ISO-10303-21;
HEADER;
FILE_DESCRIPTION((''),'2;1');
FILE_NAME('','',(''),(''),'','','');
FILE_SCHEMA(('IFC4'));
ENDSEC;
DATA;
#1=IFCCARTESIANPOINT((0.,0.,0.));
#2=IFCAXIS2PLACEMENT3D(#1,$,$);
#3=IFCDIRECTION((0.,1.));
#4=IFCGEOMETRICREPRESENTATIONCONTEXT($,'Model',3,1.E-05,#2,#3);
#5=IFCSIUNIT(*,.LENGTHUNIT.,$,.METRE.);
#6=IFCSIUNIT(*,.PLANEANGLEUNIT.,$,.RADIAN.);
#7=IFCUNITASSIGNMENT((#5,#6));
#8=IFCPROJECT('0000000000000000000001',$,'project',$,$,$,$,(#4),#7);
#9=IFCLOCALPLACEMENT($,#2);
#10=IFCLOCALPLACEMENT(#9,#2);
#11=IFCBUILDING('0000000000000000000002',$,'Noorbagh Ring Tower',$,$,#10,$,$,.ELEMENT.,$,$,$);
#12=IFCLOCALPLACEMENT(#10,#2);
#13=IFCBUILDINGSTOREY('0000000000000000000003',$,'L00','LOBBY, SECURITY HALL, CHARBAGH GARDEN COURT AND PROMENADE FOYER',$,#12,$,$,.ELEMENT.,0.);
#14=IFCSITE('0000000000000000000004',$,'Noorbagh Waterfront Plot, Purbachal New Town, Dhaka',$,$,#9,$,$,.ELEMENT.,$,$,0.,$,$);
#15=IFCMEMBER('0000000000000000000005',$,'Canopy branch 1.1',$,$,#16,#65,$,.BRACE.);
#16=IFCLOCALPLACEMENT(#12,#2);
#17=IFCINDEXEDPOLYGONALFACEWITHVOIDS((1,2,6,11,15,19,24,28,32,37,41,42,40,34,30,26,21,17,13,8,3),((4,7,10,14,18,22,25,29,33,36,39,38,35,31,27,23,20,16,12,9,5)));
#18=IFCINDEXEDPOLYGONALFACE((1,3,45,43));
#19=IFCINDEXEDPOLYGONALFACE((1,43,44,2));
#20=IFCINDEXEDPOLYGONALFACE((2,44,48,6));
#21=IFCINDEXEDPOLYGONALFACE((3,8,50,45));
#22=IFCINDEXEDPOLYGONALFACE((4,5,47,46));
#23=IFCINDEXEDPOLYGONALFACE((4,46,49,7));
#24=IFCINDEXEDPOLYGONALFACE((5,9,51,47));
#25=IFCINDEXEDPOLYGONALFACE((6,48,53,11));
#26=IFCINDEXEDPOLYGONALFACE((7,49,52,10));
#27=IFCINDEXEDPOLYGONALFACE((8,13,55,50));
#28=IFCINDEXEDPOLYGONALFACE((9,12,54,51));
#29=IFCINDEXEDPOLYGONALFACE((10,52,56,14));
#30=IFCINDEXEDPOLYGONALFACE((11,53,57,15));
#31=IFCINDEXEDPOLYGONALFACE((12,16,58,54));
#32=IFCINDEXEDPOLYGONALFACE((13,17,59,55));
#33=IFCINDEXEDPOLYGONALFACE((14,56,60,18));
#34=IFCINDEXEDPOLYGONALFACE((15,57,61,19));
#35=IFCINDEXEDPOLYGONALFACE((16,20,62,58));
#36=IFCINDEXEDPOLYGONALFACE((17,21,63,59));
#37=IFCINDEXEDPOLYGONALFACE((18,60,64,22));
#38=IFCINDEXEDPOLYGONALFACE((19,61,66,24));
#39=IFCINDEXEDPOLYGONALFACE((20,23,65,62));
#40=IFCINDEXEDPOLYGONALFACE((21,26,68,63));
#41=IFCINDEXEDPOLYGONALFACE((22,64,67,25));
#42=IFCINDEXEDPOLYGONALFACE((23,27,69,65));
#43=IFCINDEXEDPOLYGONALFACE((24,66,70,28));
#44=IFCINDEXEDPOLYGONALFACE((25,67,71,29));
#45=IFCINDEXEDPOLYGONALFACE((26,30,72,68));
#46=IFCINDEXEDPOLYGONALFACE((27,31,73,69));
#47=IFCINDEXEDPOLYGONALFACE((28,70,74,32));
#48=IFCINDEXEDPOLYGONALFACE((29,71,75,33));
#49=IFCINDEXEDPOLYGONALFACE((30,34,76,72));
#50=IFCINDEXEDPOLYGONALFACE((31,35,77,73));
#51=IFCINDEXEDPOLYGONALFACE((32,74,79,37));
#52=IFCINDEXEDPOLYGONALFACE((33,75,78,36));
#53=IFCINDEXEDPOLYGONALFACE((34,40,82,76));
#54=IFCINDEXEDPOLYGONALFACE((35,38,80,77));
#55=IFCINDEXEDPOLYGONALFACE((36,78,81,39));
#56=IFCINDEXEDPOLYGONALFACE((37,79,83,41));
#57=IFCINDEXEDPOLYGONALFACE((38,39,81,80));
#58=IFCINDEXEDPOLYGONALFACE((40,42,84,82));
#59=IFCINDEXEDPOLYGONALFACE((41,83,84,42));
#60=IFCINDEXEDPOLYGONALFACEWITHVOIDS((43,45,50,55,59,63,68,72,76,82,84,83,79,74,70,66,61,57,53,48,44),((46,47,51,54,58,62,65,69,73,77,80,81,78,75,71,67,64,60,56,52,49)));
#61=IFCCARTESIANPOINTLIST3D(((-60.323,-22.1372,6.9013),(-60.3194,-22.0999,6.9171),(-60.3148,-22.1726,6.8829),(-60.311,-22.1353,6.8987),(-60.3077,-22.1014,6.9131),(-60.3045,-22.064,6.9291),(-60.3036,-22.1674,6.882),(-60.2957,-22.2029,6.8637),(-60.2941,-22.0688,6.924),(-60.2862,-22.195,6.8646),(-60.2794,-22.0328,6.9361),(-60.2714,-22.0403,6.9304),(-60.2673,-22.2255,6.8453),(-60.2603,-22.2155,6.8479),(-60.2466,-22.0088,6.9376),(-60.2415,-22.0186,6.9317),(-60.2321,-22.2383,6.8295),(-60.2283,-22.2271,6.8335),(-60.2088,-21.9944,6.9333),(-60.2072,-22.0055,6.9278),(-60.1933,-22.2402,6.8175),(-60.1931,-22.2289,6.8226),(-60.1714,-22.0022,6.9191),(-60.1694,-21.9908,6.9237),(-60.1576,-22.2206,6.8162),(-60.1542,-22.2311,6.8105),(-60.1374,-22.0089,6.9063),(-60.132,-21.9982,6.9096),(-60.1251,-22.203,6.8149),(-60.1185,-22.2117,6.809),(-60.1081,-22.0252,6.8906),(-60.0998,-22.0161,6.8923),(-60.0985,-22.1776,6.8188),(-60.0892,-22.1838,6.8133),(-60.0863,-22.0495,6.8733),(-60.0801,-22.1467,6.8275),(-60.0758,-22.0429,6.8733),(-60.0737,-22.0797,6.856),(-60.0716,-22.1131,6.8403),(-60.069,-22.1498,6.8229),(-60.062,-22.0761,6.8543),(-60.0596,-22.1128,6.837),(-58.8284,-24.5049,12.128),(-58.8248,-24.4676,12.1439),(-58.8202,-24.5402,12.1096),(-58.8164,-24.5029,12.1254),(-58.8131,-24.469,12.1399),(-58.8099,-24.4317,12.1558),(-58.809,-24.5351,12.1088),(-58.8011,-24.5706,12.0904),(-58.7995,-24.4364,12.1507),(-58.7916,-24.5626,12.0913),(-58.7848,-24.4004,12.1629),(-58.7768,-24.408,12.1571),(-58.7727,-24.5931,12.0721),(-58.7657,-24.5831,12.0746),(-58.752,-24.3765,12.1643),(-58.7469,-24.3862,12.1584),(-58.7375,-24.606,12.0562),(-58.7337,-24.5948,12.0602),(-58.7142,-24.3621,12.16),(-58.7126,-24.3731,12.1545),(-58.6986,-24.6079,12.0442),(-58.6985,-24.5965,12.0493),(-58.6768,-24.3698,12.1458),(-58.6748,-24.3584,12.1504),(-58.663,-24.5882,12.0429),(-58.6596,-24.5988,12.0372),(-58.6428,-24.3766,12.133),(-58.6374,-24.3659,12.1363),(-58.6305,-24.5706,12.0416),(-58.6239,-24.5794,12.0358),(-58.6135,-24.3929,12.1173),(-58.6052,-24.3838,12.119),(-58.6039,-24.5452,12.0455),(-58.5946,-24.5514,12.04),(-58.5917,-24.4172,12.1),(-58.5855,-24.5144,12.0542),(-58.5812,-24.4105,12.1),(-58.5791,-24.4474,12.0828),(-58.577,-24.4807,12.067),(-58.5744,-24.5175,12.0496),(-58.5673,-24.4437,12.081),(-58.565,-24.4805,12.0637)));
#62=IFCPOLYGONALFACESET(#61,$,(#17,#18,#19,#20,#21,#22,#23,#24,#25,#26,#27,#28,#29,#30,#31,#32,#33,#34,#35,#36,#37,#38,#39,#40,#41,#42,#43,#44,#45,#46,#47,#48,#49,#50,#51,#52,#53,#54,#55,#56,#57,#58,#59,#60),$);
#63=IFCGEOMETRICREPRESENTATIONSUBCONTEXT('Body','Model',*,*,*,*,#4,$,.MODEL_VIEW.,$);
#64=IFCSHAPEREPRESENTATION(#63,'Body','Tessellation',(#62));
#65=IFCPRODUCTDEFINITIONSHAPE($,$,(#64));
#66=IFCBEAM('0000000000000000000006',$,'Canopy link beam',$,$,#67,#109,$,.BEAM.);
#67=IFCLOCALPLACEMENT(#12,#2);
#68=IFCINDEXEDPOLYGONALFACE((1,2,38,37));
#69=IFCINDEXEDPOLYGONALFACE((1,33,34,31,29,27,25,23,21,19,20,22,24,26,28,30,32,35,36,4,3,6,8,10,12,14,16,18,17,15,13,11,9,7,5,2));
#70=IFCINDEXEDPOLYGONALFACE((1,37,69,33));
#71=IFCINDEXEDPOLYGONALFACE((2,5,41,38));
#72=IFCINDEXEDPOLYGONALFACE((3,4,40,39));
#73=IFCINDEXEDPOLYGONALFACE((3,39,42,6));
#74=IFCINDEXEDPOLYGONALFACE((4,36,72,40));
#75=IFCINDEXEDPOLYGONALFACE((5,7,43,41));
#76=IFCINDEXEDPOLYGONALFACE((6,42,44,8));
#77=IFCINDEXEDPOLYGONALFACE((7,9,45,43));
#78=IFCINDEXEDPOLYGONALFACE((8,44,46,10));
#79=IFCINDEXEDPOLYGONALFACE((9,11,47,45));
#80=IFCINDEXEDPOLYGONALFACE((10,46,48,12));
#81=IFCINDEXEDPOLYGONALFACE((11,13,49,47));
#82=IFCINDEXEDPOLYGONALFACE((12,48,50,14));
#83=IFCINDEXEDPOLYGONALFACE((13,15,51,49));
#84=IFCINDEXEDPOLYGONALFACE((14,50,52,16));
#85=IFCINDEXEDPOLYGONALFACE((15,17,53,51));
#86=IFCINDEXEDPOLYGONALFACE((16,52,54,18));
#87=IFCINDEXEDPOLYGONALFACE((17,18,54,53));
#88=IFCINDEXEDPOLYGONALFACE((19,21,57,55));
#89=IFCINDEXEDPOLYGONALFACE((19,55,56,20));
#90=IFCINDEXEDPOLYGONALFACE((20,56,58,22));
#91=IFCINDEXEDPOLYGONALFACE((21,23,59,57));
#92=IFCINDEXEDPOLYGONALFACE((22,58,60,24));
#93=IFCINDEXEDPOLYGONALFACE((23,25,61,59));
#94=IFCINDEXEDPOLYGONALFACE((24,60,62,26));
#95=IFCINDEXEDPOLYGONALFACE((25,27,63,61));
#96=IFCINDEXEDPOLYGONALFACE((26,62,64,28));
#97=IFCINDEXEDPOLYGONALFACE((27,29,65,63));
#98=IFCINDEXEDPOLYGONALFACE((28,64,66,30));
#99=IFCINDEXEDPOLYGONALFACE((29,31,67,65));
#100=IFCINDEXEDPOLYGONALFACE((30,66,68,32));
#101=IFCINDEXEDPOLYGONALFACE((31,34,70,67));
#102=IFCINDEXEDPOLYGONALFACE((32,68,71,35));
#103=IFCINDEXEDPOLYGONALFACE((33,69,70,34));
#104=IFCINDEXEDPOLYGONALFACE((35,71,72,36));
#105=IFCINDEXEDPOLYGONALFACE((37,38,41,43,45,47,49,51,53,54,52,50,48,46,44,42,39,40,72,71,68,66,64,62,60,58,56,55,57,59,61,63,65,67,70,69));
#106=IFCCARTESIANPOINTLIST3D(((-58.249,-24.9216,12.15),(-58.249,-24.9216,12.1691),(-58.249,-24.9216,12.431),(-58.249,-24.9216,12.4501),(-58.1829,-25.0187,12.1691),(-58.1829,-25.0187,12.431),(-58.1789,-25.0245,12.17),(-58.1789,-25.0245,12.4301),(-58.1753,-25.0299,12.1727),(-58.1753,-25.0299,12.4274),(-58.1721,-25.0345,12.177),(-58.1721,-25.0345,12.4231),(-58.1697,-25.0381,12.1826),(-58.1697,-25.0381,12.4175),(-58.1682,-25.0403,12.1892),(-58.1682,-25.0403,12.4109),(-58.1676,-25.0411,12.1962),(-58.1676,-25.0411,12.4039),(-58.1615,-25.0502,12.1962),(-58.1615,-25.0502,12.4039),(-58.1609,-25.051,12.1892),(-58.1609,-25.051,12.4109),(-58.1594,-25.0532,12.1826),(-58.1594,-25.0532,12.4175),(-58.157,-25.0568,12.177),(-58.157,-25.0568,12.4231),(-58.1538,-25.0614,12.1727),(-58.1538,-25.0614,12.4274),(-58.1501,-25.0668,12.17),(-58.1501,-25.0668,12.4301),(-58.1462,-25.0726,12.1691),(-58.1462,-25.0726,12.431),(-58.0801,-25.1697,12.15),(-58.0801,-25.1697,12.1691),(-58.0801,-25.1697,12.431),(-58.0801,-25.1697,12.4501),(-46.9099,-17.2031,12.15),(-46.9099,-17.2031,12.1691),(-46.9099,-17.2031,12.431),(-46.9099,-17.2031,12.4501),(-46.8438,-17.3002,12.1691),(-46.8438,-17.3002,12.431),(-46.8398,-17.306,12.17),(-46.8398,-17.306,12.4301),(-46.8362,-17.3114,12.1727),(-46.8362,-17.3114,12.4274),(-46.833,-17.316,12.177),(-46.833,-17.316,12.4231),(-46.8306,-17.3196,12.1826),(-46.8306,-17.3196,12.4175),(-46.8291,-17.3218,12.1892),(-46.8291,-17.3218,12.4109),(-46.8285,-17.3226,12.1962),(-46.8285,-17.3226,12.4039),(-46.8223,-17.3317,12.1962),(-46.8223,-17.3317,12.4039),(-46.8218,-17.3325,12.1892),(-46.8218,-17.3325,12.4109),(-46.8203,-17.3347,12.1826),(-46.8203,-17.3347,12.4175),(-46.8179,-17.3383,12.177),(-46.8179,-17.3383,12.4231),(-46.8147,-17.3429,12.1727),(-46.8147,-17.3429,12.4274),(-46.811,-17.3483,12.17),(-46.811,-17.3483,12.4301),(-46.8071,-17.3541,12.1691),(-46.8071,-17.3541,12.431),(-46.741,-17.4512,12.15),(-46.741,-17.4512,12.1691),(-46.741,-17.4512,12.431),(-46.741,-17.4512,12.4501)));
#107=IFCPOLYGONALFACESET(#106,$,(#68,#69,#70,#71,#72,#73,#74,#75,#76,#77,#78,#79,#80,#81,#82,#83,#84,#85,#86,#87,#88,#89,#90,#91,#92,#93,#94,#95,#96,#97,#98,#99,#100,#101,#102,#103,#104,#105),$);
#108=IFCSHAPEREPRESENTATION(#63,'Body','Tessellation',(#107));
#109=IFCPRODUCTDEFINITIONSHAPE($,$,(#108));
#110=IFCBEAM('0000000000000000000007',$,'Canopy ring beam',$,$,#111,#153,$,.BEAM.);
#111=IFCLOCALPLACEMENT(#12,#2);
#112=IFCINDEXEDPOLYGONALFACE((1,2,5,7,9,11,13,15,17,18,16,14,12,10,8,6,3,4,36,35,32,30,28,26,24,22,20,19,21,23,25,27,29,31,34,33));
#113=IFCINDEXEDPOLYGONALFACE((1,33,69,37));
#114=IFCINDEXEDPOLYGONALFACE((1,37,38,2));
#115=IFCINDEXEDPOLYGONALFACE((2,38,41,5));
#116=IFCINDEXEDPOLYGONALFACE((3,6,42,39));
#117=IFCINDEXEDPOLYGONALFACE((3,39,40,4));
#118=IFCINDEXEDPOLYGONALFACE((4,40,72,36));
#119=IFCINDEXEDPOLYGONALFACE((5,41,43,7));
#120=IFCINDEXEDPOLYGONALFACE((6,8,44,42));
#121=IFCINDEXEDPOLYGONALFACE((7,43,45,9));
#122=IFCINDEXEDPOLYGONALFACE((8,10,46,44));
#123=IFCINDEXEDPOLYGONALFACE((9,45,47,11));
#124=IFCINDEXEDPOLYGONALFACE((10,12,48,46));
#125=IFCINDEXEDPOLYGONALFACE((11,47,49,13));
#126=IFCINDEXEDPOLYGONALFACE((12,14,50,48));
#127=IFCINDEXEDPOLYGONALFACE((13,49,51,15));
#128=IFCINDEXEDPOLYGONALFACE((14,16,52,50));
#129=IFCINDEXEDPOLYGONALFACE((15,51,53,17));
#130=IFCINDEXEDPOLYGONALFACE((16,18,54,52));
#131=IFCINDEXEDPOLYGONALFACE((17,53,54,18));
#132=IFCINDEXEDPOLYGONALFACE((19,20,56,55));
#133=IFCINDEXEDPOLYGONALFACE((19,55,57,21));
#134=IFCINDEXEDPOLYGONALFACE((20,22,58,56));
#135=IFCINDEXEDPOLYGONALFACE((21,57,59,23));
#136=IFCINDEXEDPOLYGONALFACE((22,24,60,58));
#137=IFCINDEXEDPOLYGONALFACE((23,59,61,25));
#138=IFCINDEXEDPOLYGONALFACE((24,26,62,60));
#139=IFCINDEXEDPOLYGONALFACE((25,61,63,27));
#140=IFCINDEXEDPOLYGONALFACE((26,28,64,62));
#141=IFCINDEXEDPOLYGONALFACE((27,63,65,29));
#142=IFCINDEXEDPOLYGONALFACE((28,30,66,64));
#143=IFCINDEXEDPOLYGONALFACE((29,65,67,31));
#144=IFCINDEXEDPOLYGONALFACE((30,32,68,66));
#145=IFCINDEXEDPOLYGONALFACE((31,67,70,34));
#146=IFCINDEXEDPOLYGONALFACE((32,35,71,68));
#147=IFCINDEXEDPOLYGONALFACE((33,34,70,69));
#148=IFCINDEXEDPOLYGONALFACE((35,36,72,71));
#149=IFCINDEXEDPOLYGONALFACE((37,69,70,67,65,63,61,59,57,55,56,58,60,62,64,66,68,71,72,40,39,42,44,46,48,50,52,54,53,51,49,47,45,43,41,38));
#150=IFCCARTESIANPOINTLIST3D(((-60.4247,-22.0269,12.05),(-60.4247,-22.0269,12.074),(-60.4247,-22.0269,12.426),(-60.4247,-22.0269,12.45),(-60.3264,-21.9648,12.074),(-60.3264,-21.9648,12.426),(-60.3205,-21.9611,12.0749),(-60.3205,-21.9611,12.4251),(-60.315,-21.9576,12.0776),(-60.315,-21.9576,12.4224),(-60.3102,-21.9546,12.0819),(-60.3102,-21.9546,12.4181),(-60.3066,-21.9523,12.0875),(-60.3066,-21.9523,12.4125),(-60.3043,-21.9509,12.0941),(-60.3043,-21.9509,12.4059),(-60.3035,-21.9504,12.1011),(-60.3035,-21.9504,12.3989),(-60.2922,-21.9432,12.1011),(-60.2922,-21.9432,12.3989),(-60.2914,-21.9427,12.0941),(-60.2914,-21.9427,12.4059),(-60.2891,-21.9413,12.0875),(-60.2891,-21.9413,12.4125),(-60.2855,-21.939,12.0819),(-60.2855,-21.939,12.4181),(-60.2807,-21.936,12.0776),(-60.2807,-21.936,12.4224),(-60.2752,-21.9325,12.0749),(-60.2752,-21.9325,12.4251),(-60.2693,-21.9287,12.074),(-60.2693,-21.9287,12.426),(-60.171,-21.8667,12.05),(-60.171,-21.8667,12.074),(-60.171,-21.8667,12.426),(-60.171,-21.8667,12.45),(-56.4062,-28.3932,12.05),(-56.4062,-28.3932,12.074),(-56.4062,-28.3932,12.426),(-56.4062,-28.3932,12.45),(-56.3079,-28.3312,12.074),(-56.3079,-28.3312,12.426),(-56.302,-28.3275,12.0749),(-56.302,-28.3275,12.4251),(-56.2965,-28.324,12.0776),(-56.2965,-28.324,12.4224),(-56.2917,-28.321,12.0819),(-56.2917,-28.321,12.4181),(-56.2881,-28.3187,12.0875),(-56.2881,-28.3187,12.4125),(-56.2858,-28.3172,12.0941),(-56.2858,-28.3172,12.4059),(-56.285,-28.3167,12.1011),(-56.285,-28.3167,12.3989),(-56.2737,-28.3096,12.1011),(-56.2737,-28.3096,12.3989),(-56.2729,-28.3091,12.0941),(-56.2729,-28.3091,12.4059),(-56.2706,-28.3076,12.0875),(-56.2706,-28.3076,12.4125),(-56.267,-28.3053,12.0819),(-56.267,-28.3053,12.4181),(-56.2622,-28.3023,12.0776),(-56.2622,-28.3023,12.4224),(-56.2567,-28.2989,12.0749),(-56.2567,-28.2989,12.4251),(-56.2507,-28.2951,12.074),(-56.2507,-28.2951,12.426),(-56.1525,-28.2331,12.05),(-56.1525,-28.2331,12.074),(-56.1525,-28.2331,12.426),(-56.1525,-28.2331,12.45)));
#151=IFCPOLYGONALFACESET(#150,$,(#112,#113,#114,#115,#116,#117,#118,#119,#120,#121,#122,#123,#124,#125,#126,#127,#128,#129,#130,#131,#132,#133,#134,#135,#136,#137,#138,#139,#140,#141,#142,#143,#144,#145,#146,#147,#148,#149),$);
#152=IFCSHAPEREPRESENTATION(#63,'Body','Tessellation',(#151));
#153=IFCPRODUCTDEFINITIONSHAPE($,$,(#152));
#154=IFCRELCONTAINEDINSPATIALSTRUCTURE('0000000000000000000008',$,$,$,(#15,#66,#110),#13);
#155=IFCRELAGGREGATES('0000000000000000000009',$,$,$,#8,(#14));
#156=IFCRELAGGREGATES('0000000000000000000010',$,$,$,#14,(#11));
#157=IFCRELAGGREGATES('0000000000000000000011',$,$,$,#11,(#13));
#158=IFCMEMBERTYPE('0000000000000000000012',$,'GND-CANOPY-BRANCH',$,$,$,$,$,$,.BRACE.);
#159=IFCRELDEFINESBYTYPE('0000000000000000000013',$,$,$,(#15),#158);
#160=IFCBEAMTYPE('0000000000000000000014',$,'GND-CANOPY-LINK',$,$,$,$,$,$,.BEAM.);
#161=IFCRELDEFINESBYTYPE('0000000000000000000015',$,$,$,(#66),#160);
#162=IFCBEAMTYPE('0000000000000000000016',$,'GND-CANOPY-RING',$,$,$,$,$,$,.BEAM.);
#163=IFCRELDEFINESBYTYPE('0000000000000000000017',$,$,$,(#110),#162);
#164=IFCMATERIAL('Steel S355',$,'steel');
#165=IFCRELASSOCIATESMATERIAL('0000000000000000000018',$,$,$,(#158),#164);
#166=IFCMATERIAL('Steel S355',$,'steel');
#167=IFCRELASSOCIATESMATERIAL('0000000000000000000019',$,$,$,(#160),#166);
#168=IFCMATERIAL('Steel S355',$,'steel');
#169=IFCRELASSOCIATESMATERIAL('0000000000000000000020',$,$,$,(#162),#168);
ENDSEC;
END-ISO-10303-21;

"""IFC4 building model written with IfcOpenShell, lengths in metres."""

from ifc_helpers import new_model, si_unit, direction, frame, origin, origin_2d, place, context, subcontext, project, spatial, hollow_circle, i_section, extrude, material, material_profile, profile_set, type_object, element, save


model = new_model("IFC4")

# Units and contexts
model_context = context("Model", 3, precision=1e-05, world=origin(), true_north=direction((0.0, 1.0)))
body_context = subcontext(model_context, "Body", "Model", "MODEL_VIEW")
ifc_project = project(units=[si_unit("LENGTHUNIT", "METRE"), si_unit("PLANEANGLEUNIT", "RADIAN")], contexts=[model_context])

# Site, building, storey
site_placement = place(None, origin())
site = spatial("IfcSite", under=ifc_project, at=site_placement, Name="Noorbagh Waterfront Plot, Purbachal New Town, Dhaka", CompositionType="ELEMENT", RefElevation=0.0)
building_placement = place(site_placement, origin())
building = spatial("IfcBuilding", under=site, at=building_placement, Name="Noorbagh Ring Tower", CompositionType="ELEMENT")
storey_placement = place(building_placement, origin())
storey = spatial("IfcBuildingStorey", under=building, at=storey_placement, Name="L00", Description="LOBBY, SECURITY HALL, CHARBAGH GARDEN COURT AND PROMENADE FOYER", CompositionType="ELEMENT", Elevation=0.0)

# Member
ifc_material_1 = material(Name="Steel S355", Category="steel")
ifc_material_profile_1 = material_profile(ifc_material_1, hollow_circle(Radius=0.1365, WallThickness=0.0125, at=origin_2d()), Name="CHS273x12.5")
ifc_profile_set_1 = profile_set([ifc_material_profile_1], Name="Steel S355")
member_type = type_object("IfcMemberType", Name="GND-CANOPY-BRANCH", PredefinedType="BRACE", material=ifc_profile_set_1)
member_placement = place(storey_placement, frame((-60.1912, -22.1157, 6.8733), z_axis=(0.252065, -0.399303, 0.881488), x_axis=(0.845609, 0.533803, 0.0)))
element("IfcMember", 1, at=member_placement, inside=storey, type_object=member_type, Name="Canopy branch 1.1", PredefinedType="BRACE", context=body_context, shape_type="SweptSolid", body=[
    extrude(hollow_circle(Radius=0.1365, WallThickness=0.0125, at=origin_2d()), origin(), (0.0, 0.0, 1.0), 5.9294),
])

# Beams
ifc_material_2 = material(Name="Steel S355", Category="steel")
ifc_material_profile_2 = material_profile(ifc_material_2, i_section(OverallWidth=0.3, OverallDepth=0.3, WebThickness=0.011, FlangeThickness=0.019, FilletRadius=0.0271, at=origin_2d()), Name="HEB300")
ifc_profile_set_2 = profile_set([ifc_material_profile_2], Name="Steel S355")
beam_type_1 = type_object("IfcBeamType", Name="GND-CANOPY-LINK", PredefinedType="BEAM", material=ifc_profile_set_2)
beam_1_placement = place(storey_placement, frame((-46.8254, -17.3271, 12.3), z_axis=(-0.826658, -0.562704, 0.0), x_axis=(0.562704, -0.826658, 0.0)))
element("IfcBeam", 2, at=beam_1_placement, inside=storey, type_object=beam_type_1, Name="Canopy link beam", PredefinedType="BEAM", context=body_context, shape_type="SweptSolid", body=[
    extrude(i_section(OverallWidth=0.3, OverallDepth=0.3, WebThickness=0.011, FlangeThickness=0.019, FilletRadius=0.0271, at=origin_2d()), origin(), (0.0, 0.0, 1.0), 13.7168),
])
ifc_material_3 = material(Name="Steel S355", Category="steel")
ifc_material_profile_3 = material_profile(ifc_material_3, i_section(OverallWidth=0.3, OverallDepth=0.3999, WebThickness=0.0134, FlangeThickness=0.0239, FilletRadius=0.0271, at=origin_2d()), Name="HEB400")
ifc_profile_set_3 = profile_set([ifc_material_profile_3], Name="Steel S355")
beam_type_2 = type_object("IfcBeamType", Name="GND-CANOPY-RING", PredefinedType="BEAM", material=ifc_profile_set_3)
beam_2_placement = place(storey_placement, frame((-60.2979, -21.9468, 12.25), z_axis=(0.533768, -0.845631, 0.0), x_axis=(0.845631, 0.533768, 0.0)))
element("IfcBeam", 3, at=beam_2_placement, inside=storey, type_object=beam_type_2, Name="Canopy ring beam", PredefinedType="BEAM", context=body_context, shape_type="SweptSolid", body=[
    extrude(i_section(OverallWidth=0.3, OverallDepth=0.3999, WebThickness=0.0134, FlangeThickness=0.0239, FilletRadius=0.0271, at=origin_2d()), origin(), (0.0, 0.0, 1.0), 7.5286),
])

save(model, "model.ifc")
